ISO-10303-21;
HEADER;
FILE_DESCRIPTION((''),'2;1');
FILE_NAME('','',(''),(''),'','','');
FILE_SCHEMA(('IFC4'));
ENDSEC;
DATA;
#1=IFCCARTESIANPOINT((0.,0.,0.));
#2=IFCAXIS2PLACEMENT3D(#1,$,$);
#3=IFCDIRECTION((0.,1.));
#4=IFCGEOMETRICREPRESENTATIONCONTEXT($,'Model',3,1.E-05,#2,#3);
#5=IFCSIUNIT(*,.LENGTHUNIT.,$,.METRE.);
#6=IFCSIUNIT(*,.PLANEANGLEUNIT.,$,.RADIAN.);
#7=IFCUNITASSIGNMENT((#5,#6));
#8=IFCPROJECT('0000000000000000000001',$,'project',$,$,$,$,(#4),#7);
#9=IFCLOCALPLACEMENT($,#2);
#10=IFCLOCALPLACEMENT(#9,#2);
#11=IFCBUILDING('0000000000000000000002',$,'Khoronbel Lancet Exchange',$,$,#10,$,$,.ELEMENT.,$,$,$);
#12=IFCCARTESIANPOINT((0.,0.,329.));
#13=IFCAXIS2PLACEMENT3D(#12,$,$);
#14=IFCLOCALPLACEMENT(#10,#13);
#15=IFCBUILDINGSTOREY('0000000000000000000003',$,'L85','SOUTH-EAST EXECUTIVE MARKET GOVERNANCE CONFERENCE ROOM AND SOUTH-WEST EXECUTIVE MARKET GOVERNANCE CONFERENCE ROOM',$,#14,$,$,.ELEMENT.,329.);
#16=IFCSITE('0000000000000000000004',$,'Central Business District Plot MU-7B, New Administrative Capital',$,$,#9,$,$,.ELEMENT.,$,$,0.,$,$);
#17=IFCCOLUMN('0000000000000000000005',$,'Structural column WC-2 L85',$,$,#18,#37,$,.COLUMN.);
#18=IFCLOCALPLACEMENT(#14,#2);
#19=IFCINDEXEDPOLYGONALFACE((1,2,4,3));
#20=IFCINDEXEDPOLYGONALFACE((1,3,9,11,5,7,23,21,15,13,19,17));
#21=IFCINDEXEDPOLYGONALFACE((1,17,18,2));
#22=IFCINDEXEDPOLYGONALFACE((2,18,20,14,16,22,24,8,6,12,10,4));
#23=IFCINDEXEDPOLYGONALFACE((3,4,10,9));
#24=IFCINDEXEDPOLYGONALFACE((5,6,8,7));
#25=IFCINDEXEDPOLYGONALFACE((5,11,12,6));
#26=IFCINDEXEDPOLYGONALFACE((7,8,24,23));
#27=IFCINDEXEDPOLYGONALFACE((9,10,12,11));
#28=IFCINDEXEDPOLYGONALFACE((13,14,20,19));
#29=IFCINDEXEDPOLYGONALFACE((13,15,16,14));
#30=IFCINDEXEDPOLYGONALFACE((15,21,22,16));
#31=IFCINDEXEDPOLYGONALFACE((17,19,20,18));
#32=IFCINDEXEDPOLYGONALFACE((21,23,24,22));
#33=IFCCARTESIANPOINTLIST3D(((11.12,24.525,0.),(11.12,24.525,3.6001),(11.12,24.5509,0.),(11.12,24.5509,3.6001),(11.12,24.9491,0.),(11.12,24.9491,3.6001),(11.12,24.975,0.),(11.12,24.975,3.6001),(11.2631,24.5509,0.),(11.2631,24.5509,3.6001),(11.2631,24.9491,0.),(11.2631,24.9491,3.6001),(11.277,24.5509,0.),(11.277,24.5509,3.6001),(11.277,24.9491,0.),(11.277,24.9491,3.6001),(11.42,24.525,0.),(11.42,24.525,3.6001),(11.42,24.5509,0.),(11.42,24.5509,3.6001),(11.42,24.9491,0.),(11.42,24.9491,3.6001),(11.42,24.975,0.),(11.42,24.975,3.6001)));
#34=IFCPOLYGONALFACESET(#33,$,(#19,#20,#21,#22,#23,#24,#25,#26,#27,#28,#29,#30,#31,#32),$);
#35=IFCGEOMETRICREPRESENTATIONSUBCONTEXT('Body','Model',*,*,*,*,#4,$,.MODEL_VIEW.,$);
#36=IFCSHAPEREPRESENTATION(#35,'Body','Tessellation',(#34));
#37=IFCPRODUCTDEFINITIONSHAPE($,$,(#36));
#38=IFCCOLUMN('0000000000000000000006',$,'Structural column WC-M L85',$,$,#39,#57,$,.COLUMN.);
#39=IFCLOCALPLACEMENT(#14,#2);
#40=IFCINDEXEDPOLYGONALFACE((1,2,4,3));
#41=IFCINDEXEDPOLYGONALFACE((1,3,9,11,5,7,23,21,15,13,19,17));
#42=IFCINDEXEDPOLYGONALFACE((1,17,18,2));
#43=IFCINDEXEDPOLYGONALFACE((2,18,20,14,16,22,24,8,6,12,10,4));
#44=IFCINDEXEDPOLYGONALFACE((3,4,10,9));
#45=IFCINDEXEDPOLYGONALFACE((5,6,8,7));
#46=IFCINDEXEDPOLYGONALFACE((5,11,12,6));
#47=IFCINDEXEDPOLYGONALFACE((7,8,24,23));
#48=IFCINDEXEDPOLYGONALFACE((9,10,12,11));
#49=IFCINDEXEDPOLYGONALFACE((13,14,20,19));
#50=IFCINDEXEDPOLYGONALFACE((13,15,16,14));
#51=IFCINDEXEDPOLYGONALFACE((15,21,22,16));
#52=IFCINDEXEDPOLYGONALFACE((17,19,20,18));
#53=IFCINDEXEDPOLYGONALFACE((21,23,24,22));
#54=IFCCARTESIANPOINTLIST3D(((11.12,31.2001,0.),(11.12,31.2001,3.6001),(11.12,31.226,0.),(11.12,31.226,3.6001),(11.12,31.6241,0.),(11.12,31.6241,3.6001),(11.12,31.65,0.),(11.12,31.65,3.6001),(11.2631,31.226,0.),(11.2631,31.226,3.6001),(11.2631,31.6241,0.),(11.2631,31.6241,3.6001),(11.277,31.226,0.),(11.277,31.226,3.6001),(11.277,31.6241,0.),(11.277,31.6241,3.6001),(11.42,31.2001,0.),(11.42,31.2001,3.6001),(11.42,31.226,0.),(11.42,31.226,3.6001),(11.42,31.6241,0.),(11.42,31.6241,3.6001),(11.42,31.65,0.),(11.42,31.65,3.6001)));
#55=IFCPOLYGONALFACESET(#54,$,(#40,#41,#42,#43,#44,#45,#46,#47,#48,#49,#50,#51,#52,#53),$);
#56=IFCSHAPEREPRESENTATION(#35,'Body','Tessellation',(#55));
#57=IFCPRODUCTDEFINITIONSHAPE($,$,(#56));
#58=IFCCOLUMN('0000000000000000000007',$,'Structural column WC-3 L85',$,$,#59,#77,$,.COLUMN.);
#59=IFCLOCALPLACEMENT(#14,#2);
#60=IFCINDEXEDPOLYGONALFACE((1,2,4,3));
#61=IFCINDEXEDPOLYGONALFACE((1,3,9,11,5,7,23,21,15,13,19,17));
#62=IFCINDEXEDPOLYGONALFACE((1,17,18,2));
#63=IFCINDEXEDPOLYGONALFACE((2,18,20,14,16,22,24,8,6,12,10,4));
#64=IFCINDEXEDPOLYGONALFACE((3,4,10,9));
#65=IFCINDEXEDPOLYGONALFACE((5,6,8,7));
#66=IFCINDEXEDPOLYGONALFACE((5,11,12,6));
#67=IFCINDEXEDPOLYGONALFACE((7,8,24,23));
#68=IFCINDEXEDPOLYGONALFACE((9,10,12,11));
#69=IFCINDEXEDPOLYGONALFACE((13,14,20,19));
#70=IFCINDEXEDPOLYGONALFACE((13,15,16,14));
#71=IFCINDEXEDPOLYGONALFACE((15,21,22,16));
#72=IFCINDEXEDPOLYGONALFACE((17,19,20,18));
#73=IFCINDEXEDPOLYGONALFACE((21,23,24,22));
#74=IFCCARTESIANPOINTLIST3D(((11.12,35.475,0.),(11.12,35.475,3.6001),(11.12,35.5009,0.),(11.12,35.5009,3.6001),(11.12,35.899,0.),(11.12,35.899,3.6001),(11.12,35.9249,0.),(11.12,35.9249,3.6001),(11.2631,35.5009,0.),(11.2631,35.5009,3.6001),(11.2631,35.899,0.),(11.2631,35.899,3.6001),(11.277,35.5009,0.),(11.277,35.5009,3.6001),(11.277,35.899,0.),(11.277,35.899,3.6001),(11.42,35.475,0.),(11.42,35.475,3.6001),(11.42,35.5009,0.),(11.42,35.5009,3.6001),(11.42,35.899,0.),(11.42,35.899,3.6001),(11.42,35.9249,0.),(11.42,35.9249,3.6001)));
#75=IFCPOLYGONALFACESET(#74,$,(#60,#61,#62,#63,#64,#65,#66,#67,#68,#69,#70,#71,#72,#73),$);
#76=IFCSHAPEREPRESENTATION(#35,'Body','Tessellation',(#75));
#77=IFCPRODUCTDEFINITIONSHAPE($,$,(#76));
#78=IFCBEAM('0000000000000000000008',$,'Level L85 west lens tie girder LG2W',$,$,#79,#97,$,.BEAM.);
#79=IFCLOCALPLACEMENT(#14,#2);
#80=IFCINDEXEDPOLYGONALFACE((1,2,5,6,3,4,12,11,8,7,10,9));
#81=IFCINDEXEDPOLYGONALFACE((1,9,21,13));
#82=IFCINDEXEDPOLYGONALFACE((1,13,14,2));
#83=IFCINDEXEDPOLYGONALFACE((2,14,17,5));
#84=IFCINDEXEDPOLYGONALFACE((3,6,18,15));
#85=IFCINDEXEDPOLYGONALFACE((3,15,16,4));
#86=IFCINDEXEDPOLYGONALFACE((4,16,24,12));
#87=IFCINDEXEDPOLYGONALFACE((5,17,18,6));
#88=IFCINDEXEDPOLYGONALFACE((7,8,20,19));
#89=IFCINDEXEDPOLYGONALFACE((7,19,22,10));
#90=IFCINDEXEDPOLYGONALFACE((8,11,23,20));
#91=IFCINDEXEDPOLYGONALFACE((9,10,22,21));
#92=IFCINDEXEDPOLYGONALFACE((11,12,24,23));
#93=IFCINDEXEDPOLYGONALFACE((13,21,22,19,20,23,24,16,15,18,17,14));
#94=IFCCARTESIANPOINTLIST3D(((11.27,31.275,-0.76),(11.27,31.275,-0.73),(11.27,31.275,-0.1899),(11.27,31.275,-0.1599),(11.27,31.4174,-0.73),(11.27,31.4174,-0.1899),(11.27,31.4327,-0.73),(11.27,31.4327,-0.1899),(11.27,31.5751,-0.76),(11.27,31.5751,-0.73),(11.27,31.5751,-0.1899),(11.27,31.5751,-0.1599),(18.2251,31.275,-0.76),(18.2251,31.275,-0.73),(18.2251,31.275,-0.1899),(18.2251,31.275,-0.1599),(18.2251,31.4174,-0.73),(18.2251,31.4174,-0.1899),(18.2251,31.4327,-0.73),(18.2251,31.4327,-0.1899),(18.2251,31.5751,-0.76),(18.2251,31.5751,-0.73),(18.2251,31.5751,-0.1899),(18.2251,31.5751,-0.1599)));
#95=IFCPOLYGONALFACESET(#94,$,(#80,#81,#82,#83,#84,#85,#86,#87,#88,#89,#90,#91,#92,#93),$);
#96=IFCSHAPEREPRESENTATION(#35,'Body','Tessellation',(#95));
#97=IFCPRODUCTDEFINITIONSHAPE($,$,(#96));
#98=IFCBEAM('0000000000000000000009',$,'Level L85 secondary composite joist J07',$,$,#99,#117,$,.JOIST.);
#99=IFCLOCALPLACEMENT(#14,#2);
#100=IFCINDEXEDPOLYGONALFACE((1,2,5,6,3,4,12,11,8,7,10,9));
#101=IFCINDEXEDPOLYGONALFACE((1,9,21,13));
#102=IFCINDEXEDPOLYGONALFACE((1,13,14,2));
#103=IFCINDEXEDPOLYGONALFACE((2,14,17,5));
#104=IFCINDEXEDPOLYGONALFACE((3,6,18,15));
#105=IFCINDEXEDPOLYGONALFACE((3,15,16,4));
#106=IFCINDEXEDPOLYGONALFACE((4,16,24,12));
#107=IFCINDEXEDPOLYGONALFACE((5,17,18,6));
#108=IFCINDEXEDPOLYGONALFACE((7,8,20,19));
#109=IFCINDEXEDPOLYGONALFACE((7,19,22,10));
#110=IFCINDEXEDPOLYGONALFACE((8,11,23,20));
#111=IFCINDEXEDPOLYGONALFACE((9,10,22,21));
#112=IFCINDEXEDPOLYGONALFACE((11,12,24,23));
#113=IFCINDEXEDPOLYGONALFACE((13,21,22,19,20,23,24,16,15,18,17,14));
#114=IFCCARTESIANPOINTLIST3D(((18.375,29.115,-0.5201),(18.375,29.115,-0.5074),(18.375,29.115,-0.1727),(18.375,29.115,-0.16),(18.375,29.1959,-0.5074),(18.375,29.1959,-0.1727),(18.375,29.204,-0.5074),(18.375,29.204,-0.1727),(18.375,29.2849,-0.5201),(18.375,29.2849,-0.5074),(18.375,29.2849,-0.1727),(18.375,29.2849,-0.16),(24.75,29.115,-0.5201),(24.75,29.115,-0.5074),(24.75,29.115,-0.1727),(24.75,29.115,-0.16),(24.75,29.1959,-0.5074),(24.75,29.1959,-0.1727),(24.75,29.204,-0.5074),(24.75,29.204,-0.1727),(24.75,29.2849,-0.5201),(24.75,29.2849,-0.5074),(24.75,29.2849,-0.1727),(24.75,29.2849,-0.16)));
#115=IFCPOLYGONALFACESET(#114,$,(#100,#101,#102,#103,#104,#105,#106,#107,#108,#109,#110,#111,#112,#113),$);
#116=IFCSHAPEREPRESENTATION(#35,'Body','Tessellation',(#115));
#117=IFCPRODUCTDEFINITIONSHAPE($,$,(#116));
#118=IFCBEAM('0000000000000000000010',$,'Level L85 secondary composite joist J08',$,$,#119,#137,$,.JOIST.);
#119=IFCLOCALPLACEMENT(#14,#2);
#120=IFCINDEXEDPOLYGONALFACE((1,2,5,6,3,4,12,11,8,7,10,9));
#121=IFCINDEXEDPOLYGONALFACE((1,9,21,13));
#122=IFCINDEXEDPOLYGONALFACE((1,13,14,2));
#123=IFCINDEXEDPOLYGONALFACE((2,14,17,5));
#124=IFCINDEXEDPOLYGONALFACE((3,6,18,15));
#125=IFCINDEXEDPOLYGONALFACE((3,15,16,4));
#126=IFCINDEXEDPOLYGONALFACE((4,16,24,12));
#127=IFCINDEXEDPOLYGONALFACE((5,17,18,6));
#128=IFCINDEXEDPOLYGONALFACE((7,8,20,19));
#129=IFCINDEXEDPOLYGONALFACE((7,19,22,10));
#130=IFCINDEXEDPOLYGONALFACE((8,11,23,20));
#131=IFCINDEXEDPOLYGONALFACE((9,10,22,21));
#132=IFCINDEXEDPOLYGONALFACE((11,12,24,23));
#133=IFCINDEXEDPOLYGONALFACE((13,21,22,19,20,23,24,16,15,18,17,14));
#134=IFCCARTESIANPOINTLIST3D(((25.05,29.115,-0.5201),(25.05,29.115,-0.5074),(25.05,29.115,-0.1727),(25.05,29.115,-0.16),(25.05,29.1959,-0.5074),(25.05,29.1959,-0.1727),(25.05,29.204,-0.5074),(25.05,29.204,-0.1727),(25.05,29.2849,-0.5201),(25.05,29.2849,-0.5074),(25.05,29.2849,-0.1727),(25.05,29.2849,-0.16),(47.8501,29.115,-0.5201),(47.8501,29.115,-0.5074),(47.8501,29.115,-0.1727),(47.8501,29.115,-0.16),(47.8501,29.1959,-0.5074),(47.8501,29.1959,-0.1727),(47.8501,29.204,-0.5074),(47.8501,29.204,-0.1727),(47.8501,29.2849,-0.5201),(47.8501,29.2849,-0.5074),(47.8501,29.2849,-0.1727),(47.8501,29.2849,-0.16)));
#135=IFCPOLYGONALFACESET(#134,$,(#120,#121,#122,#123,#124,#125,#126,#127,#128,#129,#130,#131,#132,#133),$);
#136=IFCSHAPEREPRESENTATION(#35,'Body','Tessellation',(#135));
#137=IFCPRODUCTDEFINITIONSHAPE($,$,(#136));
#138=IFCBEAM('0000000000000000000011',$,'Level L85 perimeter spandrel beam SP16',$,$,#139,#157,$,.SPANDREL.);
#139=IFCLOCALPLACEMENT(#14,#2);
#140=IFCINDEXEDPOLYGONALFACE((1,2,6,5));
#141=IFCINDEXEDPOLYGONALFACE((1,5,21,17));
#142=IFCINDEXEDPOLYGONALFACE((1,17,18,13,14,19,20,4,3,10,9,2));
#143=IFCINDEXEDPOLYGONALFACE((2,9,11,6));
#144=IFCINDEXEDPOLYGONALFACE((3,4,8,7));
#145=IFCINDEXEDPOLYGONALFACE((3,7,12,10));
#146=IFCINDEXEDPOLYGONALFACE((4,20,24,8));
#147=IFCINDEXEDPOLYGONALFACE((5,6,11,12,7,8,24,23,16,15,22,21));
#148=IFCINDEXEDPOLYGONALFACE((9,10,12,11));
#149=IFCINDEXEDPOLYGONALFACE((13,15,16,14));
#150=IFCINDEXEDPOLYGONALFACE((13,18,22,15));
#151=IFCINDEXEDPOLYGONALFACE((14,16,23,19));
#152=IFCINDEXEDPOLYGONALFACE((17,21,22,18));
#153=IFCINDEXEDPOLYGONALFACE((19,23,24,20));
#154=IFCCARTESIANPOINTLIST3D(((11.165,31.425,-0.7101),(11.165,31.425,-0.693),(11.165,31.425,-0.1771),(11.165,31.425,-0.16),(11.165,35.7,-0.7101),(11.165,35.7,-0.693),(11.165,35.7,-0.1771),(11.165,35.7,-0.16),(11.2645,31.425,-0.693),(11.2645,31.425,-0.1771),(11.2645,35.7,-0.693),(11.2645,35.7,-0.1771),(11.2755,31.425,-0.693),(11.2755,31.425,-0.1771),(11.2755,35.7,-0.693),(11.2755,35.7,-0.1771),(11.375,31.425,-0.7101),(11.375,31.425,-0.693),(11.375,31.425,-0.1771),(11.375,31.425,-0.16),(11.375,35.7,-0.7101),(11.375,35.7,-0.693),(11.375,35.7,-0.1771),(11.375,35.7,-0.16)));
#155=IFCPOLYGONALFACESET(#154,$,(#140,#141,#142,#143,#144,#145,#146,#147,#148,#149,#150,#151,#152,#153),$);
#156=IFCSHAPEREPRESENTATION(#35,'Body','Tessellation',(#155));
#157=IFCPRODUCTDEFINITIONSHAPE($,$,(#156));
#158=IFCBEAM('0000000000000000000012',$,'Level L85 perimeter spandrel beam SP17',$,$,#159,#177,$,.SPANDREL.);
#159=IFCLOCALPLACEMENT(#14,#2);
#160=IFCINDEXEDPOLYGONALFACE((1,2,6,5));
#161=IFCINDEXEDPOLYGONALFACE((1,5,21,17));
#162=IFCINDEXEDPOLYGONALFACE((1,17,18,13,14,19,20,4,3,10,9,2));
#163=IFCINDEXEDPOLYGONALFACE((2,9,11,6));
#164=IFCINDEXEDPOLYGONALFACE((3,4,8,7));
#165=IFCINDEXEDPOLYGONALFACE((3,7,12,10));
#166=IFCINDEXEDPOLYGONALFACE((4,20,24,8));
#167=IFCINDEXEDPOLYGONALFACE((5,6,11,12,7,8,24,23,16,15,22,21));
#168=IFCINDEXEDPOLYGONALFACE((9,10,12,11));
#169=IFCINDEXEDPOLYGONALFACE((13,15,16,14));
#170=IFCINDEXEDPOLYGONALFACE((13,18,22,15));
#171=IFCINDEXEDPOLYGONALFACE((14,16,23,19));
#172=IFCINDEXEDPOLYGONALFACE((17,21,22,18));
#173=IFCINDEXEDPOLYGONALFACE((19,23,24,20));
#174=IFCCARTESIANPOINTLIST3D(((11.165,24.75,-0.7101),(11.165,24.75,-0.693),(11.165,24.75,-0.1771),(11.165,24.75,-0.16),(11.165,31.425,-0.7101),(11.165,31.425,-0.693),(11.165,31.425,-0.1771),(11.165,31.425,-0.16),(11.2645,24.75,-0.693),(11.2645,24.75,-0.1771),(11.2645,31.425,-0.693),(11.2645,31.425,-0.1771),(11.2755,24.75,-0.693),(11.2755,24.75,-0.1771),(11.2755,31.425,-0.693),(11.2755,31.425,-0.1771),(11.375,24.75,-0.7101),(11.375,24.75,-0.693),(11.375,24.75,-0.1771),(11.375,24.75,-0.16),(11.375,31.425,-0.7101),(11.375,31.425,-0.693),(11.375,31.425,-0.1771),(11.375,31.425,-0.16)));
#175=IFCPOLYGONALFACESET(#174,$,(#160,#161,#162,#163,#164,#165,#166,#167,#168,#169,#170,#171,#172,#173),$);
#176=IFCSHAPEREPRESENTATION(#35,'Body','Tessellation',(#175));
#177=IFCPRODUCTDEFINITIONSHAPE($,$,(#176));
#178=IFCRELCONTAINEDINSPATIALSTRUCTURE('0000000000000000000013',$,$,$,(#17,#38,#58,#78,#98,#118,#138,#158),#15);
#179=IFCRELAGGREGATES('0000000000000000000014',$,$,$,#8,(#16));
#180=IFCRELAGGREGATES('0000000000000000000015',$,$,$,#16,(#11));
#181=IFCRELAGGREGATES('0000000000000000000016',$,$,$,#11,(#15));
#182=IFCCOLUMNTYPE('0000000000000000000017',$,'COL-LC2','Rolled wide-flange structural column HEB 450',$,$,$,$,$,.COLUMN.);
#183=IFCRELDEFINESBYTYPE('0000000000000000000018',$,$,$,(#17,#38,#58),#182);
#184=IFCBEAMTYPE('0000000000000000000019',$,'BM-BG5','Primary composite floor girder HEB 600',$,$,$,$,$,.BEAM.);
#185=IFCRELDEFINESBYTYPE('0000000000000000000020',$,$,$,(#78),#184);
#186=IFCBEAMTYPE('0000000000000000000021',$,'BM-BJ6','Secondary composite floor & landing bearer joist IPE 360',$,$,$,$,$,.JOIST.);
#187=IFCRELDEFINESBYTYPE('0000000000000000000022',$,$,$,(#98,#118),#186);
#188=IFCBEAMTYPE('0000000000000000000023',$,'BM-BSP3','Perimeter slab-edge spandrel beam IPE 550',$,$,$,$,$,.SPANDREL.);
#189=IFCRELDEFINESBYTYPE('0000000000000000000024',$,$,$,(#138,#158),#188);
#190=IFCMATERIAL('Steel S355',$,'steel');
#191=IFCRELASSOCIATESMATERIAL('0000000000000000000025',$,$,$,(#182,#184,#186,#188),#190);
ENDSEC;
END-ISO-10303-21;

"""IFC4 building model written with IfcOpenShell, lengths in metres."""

from ifc_helpers import new_model, si_unit, direction, frame, origin, origin_2d, place, context, subcontext, project, spatial, i_section, extrude, material, material_profile, profile_set, type_object, element, save


model = new_model("IFC4")

# Units and contexts
model_context = context("Model", 3, precision=1e-05, world=origin(), true_north=direction((0.0, 1.0)))
body_context = subcontext(model_context, "Body", "Model", "MODEL_VIEW")
ifc_project = project(units=[si_unit("LENGTHUNIT", "METRE"), si_unit("PLANEANGLEUNIT", "RADIAN")], contexts=[model_context])

# Site, building, storey
site_placement = place(None, origin())
site = spatial("IfcSite", under=ifc_project, at=site_placement, Name="Central Business District Plot MU-7B, New Administrative Capital", CompositionType="ELEMENT", RefElevation=0.0)
building_placement = place(site_placement, origin())
building = spatial("IfcBuilding", under=site, at=building_placement, Name="Khoronbel Lancet Exchange", CompositionType="ELEMENT")
storey_placement = place(building_placement, frame((0.0, 0.0, 329.0)))
storey = spatial("IfcBuildingStorey", under=building, at=storey_placement, Name="L85", Description="SOUTH-EAST EXECUTIVE MARKET GOVERNANCE CONFERENCE ROOM AND SOUTH-WEST EXECUTIVE MARKET GOVERNANCE CONFERENCE ROOM", CompositionType="ELEMENT", Elevation=329.0)

# Columns
ifc_material_1 = material(Name="Steel S355", Category="steel")
ifc_material_profile_1 = material_profile(ifc_material_1, i_section(OverallWidth=0.3, OverallDepth=0.45, WebThickness=0.0139, FlangeThickness=0.0259, at=origin_2d()), Name="HEB 450")
ifc_profile_set_1 = profile_set([ifc_material_profile_1], Name="Steel S355")
column_type = type_object("IfcColumnType", Name="COL-LC2", Description="Rolled wide-flange structural column HEB 450", PredefinedType="COLUMN", material=ifc_profile_set_1)
for number, where, z_axis, x_axis, name in (
    (1, (11.27, 24.75, 0.0), (0.0, 0.0, 1.0), (1.0, 0.0, 0.0), "Structural column WC-2 L85"),
    (2, (11.27, 31.425, 0.0), (0.0, 0.0, 1.0), (1.0, 0.0, 0.0), "Structural column WC-M L85"),
    (3, (11.27, 35.7, 0.0), (0.0, 0.0, 1.0), (1.0, 0.0, 0.0), "Structural column WC-3 L85"),
):
    element("IfcColumn", number, at=place(storey_placement, frame(where, z_axis=z_axis, x_axis=x_axis)), inside=storey, type_object=column_type, Name=name, PredefinedType="COLUMN", context=body_context, shape_type="SweptSolid", body=[
        extrude(i_section(OverallWidth=0.3, OverallDepth=0.45, WebThickness=0.0139, FlangeThickness=0.0259, at=origin_2d()), origin(), (0.0, 0.0, 1.0), 3.6001),
    ])

# Beams
ifc_material_profile_2 = material_profile(ifc_material_1, i_section(OverallWidth=0.3, OverallDepth=0.6001, WebThickness=0.0154, FlangeThickness=0.03, at=origin_2d()), Name="HEB 600")
ifc_profile_set_2 = profile_set([ifc_material_profile_2], Name="Steel S355")
beam_type_1 = type_object("IfcBeamType", Name="BM-BG5", Description="Primary composite floor girder HEB 600", PredefinedType="BEAM", material=ifc_profile_set_2)
beam_1_placement = place(storey_placement, frame((11.27, 31.425, -0.46), z_axis=(1.0, 0.0, 0.0), x_axis=(0.0, 1.0, 0.0)))
element("IfcBeam", 4, at=beam_1_placement, inside=storey, type_object=beam_type_1, Name="Level L85 west lens tie girder LG2W", PredefinedType="BEAM", context=body_context, shape_type="SweptSolid", body=[
    extrude(i_section(OverallWidth=0.3, OverallDepth=0.6001, WebThickness=0.0154, FlangeThickness=0.03, at=origin_2d()), origin(), (0.0, 0.0, 1.0), 6.9551),
])
ifc_material_profile_3 = material_profile(ifc_material_1, i_section(OverallWidth=0.1699, OverallDepth=0.3601, WebThickness=0.0081, FlangeThickness=0.0127, at=origin_2d()), Name="IPE 360")
ifc_profile_set_3 = profile_set([ifc_material_profile_3], Name="Steel S355")
beam_type_2 = type_object("IfcBeamType", Name="BM-BJ6", Description="Secondary composite floor & landing bearer joist IPE 360", PredefinedType="JOIST", material=ifc_profile_set_3)
beam_2_placement = place(storey_placement, frame((18.375, 29.2, -0.3401), z_axis=(1.0, 0.0, 0.0), x_axis=(0.0, 1.0, 0.0)))
element("IfcBeam", 5, at=beam_2_placement, inside=storey, type_object=beam_type_2, Name="Level L85 secondary composite joist J07", PredefinedType="JOIST", context=body_context, shape_type="SweptSolid", body=[
    extrude(i_section(OverallWidth=0.1699, OverallDepth=0.3601, WebThickness=0.0081, FlangeThickness=0.0127, at=origin_2d()), origin(), (0.0, 0.0, 1.0), 6.375),
])
beam_3_placement = place(storey_placement, frame((25.05, 29.2, -0.3401), z_axis=(1.0, 0.0, 0.0), x_axis=(0.0, 1.0, 0.0)))
element("IfcBeam", 6, at=beam_3_placement, inside=storey, type_object=beam_type_2, Name="Level L85 secondary composite joist J08", PredefinedType="JOIST", context=body_context, shape_type="SweptSolid", body=[
    extrude(i_section(OverallWidth=0.1699, OverallDepth=0.3601, WebThickness=0.0081, FlangeThickness=0.0127, at=origin_2d()), origin(), (0.0, 0.0, 1.0), 22.8),
])
ifc_material_profile_4 = material_profile(ifc_material_1, i_section(OverallWidth=0.21, OverallDepth=0.55, WebThickness=0.011, FlangeThickness=0.0171, at=origin_2d()), Name="IPE 550")
ifc_profile_set_4 = profile_set([ifc_material_profile_4], Name="Steel S355")
beam_type_3 = type_object("IfcBeamType", Name="BM-BSP3", Description="Perimeter slab-edge spandrel beam IPE 550", PredefinedType="SPANDREL", material=ifc_profile_set_4)
beam_4_placement = place(storey_placement, frame((11.27, 35.7, -0.4351), z_axis=(0.0, -1.0, 0.0), x_axis=(1.0, 0.0, 0.0)))
element("IfcBeam", 7, at=beam_4_placement, inside=storey, type_object=beam_type_3, Name="Level L85 perimeter spandrel beam SP16", PredefinedType="SPANDREL", context=body_context, shape_type="SweptSolid", body=[
    extrude(i_section(OverallWidth=0.21, OverallDepth=0.55, WebThickness=0.011, FlangeThickness=0.0171, at=origin_2d()), origin(), (0.0, 0.0, 1.0), 4.2749),
])
beam_5_placement = place(storey_placement, frame((11.27, 31.425, -0.4351), z_axis=(0.0, -1.0, 0.0), x_axis=(1.0, 0.0, 0.0)))
element("IfcBeam", 8, at=beam_5_placement, inside=storey, type_object=beam_type_3, Name="Level L85 perimeter spandrel beam SP17", PredefinedType="SPANDREL", context=body_context, shape_type="SweptSolid", body=[
    extrude(i_section(OverallWidth=0.21, OverallDepth=0.55, WebThickness=0.011, FlangeThickness=0.0171, at=origin_2d()), origin(), (0.0, 0.0, 1.0), 6.675),
])

save(model, "model.ifc")
